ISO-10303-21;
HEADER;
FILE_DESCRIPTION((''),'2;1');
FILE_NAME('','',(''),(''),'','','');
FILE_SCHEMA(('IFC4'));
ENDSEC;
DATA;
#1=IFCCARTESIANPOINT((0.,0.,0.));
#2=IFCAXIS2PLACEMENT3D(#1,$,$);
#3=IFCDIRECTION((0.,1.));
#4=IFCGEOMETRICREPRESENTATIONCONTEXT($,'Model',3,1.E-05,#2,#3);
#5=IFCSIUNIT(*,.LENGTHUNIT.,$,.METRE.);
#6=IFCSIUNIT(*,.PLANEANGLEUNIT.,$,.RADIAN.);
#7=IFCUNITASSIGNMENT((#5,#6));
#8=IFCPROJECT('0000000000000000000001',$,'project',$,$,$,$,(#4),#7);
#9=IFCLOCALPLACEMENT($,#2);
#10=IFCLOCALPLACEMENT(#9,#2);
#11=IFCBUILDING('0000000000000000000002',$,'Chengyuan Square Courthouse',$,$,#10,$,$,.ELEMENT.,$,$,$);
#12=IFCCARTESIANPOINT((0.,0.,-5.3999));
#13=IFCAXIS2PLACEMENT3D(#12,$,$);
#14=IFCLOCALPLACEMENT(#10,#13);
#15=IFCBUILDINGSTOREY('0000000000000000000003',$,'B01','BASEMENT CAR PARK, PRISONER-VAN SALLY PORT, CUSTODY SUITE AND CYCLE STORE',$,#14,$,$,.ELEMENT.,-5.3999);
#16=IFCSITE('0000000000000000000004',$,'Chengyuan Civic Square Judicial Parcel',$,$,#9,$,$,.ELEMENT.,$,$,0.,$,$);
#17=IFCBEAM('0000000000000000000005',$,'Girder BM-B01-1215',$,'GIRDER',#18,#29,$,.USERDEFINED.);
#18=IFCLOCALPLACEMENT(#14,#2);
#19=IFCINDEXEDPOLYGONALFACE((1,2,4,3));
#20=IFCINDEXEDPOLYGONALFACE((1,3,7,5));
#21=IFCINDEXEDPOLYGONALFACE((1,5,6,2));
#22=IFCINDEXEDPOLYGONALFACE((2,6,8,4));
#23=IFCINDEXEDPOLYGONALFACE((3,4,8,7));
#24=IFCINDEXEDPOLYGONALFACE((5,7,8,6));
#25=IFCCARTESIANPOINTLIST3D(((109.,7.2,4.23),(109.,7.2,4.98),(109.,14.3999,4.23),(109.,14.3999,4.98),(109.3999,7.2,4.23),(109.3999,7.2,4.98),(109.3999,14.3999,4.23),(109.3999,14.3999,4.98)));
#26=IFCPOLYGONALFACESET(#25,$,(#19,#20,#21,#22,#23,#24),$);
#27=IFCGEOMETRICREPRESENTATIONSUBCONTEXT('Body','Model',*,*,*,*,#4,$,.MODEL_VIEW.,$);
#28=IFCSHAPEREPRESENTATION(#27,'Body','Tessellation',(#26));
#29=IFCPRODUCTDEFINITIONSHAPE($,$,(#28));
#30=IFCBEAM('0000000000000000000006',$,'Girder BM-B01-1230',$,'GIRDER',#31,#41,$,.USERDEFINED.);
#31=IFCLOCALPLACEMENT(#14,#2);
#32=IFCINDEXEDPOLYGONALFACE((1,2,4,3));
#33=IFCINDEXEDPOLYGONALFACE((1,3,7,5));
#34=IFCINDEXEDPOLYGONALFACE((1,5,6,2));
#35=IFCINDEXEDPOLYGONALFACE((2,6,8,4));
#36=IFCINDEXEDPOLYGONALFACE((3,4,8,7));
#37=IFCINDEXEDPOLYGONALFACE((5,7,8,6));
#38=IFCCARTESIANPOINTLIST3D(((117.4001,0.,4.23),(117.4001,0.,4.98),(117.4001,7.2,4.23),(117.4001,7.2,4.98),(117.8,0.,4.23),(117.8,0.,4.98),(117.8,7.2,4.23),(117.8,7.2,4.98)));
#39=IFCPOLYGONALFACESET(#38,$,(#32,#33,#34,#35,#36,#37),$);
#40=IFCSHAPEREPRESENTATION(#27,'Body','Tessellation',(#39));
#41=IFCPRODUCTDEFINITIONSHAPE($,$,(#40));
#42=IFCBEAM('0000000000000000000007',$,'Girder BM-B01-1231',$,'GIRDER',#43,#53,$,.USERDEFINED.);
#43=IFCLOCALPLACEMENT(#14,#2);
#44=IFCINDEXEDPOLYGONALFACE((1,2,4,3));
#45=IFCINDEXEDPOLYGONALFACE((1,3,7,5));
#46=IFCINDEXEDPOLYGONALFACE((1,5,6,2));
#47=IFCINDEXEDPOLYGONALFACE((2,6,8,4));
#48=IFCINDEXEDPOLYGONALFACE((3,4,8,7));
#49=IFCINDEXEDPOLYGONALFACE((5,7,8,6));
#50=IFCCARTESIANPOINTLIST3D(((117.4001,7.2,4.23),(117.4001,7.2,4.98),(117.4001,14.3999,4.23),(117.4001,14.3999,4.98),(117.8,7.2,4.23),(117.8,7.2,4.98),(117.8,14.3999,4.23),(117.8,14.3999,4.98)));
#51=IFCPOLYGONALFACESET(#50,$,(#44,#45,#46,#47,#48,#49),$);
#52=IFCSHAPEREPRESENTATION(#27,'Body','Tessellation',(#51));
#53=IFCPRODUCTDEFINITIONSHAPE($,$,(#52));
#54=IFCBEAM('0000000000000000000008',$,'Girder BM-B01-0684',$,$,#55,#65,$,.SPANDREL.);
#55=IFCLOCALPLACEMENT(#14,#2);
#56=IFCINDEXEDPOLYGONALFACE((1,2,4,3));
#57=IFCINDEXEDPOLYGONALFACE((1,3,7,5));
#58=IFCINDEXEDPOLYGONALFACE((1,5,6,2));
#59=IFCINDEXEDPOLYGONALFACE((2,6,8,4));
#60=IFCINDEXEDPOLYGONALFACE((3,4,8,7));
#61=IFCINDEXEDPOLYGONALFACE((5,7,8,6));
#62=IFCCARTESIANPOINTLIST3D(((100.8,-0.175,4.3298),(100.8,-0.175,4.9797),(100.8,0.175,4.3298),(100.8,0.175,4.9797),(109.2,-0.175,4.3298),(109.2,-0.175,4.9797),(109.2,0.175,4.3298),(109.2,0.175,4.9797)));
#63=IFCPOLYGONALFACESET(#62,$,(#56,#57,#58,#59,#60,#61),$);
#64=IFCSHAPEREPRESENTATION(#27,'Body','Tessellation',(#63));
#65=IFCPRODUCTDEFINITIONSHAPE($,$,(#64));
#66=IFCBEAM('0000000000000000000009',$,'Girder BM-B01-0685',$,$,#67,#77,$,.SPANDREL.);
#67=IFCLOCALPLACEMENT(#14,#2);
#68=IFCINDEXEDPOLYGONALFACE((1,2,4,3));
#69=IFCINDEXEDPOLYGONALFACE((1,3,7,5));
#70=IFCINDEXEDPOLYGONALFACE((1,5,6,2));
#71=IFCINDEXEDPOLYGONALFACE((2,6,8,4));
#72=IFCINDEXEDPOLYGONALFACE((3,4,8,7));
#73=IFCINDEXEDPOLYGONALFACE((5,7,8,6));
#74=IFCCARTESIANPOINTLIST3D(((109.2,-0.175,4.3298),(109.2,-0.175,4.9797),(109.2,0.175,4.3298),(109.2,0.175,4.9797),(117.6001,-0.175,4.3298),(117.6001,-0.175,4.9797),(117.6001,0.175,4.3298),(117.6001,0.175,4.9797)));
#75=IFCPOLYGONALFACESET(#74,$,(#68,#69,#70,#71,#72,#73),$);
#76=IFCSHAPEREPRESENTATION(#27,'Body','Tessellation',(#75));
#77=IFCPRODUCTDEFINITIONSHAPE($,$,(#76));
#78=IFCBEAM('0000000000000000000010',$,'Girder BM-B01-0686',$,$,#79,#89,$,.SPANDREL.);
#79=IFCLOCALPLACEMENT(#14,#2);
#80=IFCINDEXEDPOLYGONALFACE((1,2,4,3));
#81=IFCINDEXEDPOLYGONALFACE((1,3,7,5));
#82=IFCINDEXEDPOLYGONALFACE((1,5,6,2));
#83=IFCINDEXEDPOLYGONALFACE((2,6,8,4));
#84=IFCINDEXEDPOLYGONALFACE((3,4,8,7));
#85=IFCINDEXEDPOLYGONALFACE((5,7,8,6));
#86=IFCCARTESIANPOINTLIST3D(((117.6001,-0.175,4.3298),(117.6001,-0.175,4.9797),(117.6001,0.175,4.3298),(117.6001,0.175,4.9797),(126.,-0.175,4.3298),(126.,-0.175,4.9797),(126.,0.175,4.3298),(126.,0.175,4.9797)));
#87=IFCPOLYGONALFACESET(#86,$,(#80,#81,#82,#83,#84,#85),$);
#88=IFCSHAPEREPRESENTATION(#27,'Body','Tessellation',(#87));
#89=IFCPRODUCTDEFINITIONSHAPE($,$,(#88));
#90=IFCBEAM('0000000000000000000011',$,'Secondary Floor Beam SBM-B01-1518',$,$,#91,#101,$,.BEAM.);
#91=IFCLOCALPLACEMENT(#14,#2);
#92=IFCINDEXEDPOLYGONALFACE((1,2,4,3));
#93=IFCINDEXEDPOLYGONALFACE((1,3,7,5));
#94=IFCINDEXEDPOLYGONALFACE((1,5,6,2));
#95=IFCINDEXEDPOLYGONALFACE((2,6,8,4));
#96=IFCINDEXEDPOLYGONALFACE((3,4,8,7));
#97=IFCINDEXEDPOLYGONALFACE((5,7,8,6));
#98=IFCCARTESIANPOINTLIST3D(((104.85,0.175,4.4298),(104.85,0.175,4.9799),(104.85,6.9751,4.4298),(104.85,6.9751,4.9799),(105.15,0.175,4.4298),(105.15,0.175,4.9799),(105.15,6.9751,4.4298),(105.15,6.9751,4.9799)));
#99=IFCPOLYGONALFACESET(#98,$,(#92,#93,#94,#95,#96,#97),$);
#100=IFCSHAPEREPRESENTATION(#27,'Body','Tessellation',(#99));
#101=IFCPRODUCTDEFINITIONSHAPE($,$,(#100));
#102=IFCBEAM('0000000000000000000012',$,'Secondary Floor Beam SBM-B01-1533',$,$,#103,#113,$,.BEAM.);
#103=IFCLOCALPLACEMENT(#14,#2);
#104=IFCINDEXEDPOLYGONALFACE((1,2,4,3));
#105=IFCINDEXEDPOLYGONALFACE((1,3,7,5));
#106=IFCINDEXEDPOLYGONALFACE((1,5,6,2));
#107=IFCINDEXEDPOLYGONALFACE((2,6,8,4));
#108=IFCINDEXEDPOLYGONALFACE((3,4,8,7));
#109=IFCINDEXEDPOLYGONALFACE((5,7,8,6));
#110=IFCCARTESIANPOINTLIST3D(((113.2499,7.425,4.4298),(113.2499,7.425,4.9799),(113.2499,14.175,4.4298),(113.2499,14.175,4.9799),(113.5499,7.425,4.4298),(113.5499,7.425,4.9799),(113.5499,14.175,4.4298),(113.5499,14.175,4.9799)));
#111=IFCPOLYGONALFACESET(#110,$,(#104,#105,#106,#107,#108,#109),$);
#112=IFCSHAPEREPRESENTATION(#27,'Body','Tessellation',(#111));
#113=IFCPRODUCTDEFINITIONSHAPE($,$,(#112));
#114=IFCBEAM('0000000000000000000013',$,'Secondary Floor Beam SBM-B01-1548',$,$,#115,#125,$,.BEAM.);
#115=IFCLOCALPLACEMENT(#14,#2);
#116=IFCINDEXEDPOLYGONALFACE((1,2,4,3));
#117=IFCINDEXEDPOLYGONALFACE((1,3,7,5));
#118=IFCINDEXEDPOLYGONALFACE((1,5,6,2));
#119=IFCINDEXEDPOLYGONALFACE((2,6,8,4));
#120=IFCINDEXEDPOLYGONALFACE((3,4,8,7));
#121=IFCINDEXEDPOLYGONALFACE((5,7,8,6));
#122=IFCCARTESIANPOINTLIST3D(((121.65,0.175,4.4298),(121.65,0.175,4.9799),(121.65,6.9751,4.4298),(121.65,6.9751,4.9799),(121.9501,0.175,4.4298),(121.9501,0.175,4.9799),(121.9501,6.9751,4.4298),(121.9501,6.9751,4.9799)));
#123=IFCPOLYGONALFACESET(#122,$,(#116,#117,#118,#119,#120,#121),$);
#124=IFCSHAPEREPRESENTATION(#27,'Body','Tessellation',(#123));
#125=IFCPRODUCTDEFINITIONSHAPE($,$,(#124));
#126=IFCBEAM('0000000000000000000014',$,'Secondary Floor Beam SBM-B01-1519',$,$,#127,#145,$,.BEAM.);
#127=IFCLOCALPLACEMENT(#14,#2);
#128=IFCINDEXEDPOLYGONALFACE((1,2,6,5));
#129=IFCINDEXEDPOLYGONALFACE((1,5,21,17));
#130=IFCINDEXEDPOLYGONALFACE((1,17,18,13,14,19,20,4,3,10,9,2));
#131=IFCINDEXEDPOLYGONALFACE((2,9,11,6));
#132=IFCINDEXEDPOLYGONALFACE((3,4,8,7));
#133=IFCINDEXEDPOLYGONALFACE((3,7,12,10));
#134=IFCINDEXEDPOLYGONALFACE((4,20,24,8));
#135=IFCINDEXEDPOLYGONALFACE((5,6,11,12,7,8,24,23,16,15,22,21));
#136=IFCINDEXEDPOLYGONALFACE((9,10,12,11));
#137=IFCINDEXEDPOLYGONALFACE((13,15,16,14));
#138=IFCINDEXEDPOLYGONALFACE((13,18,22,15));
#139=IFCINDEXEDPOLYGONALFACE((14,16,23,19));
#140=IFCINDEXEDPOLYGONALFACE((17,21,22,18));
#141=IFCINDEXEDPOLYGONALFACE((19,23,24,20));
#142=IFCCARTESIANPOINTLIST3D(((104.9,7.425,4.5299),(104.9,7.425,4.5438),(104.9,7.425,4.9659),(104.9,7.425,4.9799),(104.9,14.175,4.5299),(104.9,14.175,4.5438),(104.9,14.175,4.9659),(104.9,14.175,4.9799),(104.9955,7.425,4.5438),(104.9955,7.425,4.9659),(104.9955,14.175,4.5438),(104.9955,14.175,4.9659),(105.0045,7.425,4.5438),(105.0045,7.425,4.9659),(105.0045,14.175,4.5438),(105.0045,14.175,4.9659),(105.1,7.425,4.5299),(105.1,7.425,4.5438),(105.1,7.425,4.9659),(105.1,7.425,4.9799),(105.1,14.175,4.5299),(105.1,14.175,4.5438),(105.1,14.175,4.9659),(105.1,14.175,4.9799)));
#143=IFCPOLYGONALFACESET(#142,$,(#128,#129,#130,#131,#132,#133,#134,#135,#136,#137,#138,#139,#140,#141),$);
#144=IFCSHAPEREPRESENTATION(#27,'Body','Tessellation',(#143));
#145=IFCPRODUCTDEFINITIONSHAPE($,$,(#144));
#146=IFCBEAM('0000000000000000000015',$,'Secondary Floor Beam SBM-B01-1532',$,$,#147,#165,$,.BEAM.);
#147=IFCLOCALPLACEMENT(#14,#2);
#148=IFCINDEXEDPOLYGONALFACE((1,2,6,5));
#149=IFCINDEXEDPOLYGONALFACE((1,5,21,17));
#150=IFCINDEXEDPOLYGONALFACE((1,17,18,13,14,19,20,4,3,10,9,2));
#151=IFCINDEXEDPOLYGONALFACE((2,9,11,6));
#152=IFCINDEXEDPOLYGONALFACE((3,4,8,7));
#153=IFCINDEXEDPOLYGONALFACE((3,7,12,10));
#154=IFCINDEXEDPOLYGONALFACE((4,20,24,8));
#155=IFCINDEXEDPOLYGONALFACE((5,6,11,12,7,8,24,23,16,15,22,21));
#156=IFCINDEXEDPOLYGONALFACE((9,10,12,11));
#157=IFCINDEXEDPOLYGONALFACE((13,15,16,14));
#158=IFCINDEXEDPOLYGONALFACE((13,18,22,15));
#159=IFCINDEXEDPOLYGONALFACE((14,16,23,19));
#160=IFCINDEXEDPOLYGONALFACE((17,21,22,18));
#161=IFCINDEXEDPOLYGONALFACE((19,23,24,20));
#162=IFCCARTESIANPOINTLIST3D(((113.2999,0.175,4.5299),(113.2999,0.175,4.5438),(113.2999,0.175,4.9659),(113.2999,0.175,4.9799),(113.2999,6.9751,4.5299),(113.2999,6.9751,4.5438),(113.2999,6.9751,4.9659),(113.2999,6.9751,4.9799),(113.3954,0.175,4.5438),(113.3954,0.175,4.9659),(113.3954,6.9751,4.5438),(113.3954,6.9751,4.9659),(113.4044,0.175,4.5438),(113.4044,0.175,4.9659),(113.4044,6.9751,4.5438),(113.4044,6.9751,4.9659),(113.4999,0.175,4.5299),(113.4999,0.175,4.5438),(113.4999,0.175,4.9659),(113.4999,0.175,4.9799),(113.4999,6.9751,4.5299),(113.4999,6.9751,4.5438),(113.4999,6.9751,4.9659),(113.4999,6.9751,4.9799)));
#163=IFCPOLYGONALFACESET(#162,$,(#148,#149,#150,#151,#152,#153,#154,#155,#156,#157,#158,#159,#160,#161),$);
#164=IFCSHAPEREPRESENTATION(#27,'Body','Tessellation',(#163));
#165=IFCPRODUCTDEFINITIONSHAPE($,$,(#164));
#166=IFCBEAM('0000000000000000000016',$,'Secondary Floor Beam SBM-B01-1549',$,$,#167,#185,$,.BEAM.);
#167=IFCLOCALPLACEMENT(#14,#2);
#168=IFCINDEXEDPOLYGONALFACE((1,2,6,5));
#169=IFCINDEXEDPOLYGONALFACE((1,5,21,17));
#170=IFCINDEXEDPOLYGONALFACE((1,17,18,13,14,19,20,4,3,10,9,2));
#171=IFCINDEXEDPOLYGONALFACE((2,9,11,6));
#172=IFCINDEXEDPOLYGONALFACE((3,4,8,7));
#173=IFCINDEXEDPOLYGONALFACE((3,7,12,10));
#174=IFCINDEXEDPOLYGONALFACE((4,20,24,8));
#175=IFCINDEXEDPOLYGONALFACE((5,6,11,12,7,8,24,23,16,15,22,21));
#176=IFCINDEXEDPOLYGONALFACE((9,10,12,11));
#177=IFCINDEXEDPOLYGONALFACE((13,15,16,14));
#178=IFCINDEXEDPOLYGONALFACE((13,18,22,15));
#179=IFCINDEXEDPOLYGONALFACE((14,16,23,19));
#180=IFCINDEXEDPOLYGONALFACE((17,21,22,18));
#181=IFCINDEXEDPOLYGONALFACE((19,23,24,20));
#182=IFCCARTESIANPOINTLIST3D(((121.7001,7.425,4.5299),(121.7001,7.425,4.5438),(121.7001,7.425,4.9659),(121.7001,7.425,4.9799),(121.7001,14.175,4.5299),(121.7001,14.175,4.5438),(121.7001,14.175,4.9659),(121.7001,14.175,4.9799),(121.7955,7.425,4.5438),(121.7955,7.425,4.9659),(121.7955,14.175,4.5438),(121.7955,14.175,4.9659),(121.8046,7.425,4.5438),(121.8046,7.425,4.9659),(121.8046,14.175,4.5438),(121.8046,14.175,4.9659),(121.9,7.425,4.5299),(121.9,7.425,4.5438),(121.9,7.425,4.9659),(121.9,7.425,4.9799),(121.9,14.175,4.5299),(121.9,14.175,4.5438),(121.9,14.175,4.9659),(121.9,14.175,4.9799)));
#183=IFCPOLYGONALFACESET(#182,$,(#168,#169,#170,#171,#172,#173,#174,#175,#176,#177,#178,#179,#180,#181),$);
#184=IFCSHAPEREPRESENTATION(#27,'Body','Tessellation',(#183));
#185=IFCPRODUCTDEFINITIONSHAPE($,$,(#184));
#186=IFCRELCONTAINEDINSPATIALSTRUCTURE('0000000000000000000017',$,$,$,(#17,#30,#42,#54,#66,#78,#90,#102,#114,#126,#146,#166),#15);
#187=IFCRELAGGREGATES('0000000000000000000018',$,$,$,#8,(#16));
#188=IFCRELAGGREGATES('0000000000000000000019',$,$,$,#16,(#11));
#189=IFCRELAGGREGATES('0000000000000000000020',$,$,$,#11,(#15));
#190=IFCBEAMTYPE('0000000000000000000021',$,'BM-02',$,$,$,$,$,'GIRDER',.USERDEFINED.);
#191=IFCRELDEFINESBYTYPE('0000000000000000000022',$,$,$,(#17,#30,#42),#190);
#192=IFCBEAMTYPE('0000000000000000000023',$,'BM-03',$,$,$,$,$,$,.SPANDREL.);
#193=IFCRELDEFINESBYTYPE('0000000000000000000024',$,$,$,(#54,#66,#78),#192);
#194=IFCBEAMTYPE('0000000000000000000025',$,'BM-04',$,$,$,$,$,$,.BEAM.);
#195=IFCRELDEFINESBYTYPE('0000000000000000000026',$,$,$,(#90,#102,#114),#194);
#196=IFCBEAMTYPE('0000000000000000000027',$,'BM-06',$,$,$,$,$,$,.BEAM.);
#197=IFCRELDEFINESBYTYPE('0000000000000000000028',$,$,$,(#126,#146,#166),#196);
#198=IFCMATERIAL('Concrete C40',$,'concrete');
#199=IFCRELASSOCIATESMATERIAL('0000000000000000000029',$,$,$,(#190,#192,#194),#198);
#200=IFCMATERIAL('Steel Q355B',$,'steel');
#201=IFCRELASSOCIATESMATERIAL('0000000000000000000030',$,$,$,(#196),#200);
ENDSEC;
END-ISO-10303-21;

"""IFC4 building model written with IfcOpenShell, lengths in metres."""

from ifc_helpers import new_model, si_unit, direction, frame, origin, origin_2d, place, context, subcontext, project, spatial, rectangle, i_section, extrude, material, material_profile, profile_set, type_object, element, save


model = new_model("IFC4")

# Units and contexts
model_context = context("Model", 3, precision=1e-05, world=origin(), true_north=direction((0.0, 1.0)))
body_context = subcontext(model_context, "Body", "Model", "MODEL_VIEW")
ifc_project = project(units=[si_unit("LENGTHUNIT", "METRE"), si_unit("PLANEANGLEUNIT", "RADIAN")], contexts=[model_context])

# Site, building, storey
site_placement = place(None, origin())
site = spatial("IfcSite", under=ifc_project, at=site_placement, Name="Chengyuan Civic Square Judicial Parcel", CompositionType="ELEMENT", RefElevation=0.0)
building_placement = place(site_placement, origin())
building = spatial("IfcBuilding", under=site, at=building_placement, Name="Chengyuan Square Courthouse", CompositionType="ELEMENT")
storey_placement = place(building_placement, frame((0.0, 0.0, -5.3999)))
storey = spatial("IfcBuildingStorey", under=building, at=storey_placement, Name="B01", Description="BASEMENT CAR PARK, PRISONER-VAN SALLY PORT, CUSTODY SUITE AND CYCLE STORE", CompositionType="ELEMENT", Elevation=-5.3999)

# Beams
ifc_material_1 = material(Name="Concrete C40", Category="concrete")
ifc_material_profile_1 = material_profile(ifc_material_1, rectangle(XDim=0.3999, YDim=0.75, at=origin_2d()), Name="RC-BM-400x750")
ifc_profile_set_1 = profile_set([ifc_material_profile_1], Name="Concrete C40")
beam_type_1 = type_object("IfcBeamType", Name="BM-02", ElementType="GIRDER", PredefinedType="USERDEFINED", material=ifc_profile_set_1)
for number, where, z_axis, x_axis, name in (
    (1, (109.2, 7.2, 4.605), (0.0, 1.0, 0.0), (-1.0, 0.0, 0.0), "Girder BM-B01-1215"),
    (2, (117.6001, 0.0, 4.605), (0.0, 1.0, 0.0), (-1.0, 0.0, 0.0), "Girder BM-B01-1230"),
    (3, (117.6001, 7.2, 4.605), (0.0, 1.0, 0.0), (-1.0, 0.0, 0.0), "Girder BM-B01-1231"),
):
    element("IfcBeam", number, at=place(storey_placement, frame(where, z_axis=z_axis, x_axis=x_axis)), inside=storey, type_object=beam_type_1, Name=name, ObjectType="GIRDER", PredefinedType="USERDEFINED", context=body_context, shape_type="SweptSolid", body=[
        extrude(rectangle(XDim=0.3999, YDim=0.75, at=origin_2d()), origin(), (0.0, 0.0, 1.0), 7.2),
    ])
ifc_material_profile_2 = material_profile(ifc_material_1, rectangle(XDim=0.3501, YDim=0.6499, at=origin_2d()), Name="RC-BM-350x650")
ifc_profile_set_2 = profile_set([ifc_material_profile_2], Name="Concrete C40")
beam_type_2 = type_object("IfcBeamType", Name="BM-03", PredefinedType="SPANDREL", material=ifc_profile_set_2)
beam_1_placement = place(storey_placement, frame((100.8, 0.0, 4.6548), z_axis=(1.0, 0.0, 0.0), x_axis=(0.0, 1.0, 0.0)))
element("IfcBeam", 4, at=beam_1_placement, inside=storey, type_object=beam_type_2, Name="Girder BM-B01-0684", PredefinedType="SPANDREL", context=body_context, shape_type="SweptSolid", body=[
    extrude(rectangle(XDim=0.3501, YDim=0.6499, at=origin_2d()), origin(), (0.0, 0.0, 1.0), 8.3999),
])
beam_2_placement = place(storey_placement, frame((109.2, 0.0, 4.6548), z_axis=(1.0, 0.0, 0.0), x_axis=(0.0, 1.0, 0.0)))
element("IfcBeam", 5, at=beam_2_placement, inside=storey, type_object=beam_type_2, Name="Girder BM-B01-0685", PredefinedType="SPANDREL", context=body_context, shape_type="SweptSolid", body=[
    extrude(rectangle(XDim=0.3501, YDim=0.6499, at=origin_2d()), origin(), (0.0, 0.0, 1.0), 8.4001),
])
beam_3_placement = place(storey_placement, frame((117.6001, 0.0, 4.6548), z_axis=(1.0, 0.0, 0.0), x_axis=(0.0, 1.0, 0.0)))
element("IfcBeam", 6, at=beam_3_placement, inside=storey, type_object=beam_type_2, Name="Girder BM-B01-0686", PredefinedType="SPANDREL", context=body_context, shape_type="SweptSolid", body=[
    extrude(rectangle(XDim=0.3501, YDim=0.6499, at=origin_2d()), origin(), (0.0, 0.0, 1.0), 8.3999),
])
ifc_material_profile_3 = material_profile(ifc_material_1, rectangle(XDim=0.3, YDim=0.55, at=origin_2d()), Name="RC-BM-300x550")
ifc_profile_set_3 = profile_set([ifc_material_profile_3], Name="Concrete C40")
beam_type_3 = type_object("IfcBeamType", Name="BM-04", PredefinedType="BEAM", material=ifc_profile_set_3)
beam_4_placement = place(storey_placement, frame((105.0, 0.175, 4.7048), z_axis=(0.0, 1.0, 0.0), x_axis=(-1.0, 0.0, 0.0)))
element("IfcBeam", 7, at=beam_4_placement, inside=storey, type_object=beam_type_3, Name="Secondary Floor Beam SBM-B01-1518", PredefinedType="BEAM", context=body_context, shape_type="SweptSolid", body=[
    extrude(rectangle(XDim=0.3, YDim=0.55, at=origin_2d()), origin(), (0.0, 0.0, 1.0), 6.8),
])
beam_5_placement = place(storey_placement, frame((113.3999, 7.425, 4.7048), z_axis=(0.0, 1.0, 0.0), x_axis=(-1.0, 0.0, 0.0)))
element("IfcBeam", 8, at=beam_5_placement, inside=storey, type_object=beam_type_3, Name="Secondary Floor Beam SBM-B01-1533", PredefinedType="BEAM", context=body_context, shape_type="SweptSolid", body=[
    extrude(rectangle(XDim=0.3, YDim=0.55, at=origin_2d()), origin(), (0.0, 0.0, 1.0), 6.75),
])
beam_6_placement = place(storey_placement, frame((121.8, 0.175, 4.7048), z_axis=(0.0, 1.0, 0.0), x_axis=(-1.0, 0.0, 0.0)))
element("IfcBeam", 9, at=beam_6_placement, inside=storey, type_object=beam_type_3, Name="Secondary Floor Beam SBM-B01-1548", PredefinedType="BEAM", context=body_context, shape_type="SweptSolid", body=[
    extrude(rectangle(XDim=0.3, YDim=0.55, at=origin_2d()), origin(), (0.0, 0.0, 1.0), 6.8),
])
ifc_material_2 = material(Name="Steel Q355B", Category="steel")
ifc_material_profile_4 = material_profile(ifc_material_2, i_section(OverallWidth=0.2, OverallDepth=0.45, WebThickness=0.009, FlangeThickness=0.0139, at=origin_2d()), Name="HN 450x200x9x14")
ifc_profile_set_4 = profile_set([ifc_material_profile_4], Name="Steel Q355B")
beam_type_4 = type_object("IfcBeamType", Name="BM-06", PredefinedType="BEAM", material=ifc_profile_set_4)
beam_7_placement = place(storey_placement, frame((105.0, 7.425, 4.7549), z_axis=(0.0, 1.0, 0.0), x_axis=(-1.0, 0.0, 0.0)))
element("IfcBeam", 10, at=beam_7_placement, inside=storey, type_object=beam_type_4, Name="Secondary Floor Beam SBM-B01-1519", PredefinedType="BEAM", context=body_context, shape_type="SweptSolid", body=[
    extrude(i_section(OverallWidth=0.2, OverallDepth=0.45, WebThickness=0.009, FlangeThickness=0.0139, at=origin_2d()), origin(), (0.0, 0.0, 1.0), 6.75),
])
beam_8_placement = place(storey_placement, frame((113.3999, 0.175, 4.7549), z_axis=(0.0, 1.0, 0.0), x_axis=(-1.0, 0.0, 0.0)))
element("IfcBeam", 11, at=beam_8_placement, inside=storey, type_object=beam_type_4, Name="Secondary Floor Beam SBM-B01-1532", PredefinedType="BEAM", context=body_context, shape_type="SweptSolid", body=[
    extrude(i_section(OverallWidth=0.2, OverallDepth=0.45, WebThickness=0.009, FlangeThickness=0.0139, at=origin_2d()), origin(), (0.0, 0.0, 1.0), 6.8),
])
beam_9_placement = place(storey_placement, frame((121.8, 7.425, 4.7549), z_axis=(0.0, 1.0, 0.0), x_axis=(-1.0, 0.0, 0.0)))
element("IfcBeam", 12, at=beam_9_placement, inside=storey, type_object=beam_type_4, Name="Secondary Floor Beam SBM-B01-1549", PredefinedType="BEAM", context=body_context, shape_type="SweptSolid", body=[
    extrude(i_section(OverallWidth=0.2, OverallDepth=0.45, WebThickness=0.009, FlangeThickness=0.0139, at=origin_2d()), origin(), (0.0, 0.0, 1.0), 6.75),
])

save(model, "model.ifc")
